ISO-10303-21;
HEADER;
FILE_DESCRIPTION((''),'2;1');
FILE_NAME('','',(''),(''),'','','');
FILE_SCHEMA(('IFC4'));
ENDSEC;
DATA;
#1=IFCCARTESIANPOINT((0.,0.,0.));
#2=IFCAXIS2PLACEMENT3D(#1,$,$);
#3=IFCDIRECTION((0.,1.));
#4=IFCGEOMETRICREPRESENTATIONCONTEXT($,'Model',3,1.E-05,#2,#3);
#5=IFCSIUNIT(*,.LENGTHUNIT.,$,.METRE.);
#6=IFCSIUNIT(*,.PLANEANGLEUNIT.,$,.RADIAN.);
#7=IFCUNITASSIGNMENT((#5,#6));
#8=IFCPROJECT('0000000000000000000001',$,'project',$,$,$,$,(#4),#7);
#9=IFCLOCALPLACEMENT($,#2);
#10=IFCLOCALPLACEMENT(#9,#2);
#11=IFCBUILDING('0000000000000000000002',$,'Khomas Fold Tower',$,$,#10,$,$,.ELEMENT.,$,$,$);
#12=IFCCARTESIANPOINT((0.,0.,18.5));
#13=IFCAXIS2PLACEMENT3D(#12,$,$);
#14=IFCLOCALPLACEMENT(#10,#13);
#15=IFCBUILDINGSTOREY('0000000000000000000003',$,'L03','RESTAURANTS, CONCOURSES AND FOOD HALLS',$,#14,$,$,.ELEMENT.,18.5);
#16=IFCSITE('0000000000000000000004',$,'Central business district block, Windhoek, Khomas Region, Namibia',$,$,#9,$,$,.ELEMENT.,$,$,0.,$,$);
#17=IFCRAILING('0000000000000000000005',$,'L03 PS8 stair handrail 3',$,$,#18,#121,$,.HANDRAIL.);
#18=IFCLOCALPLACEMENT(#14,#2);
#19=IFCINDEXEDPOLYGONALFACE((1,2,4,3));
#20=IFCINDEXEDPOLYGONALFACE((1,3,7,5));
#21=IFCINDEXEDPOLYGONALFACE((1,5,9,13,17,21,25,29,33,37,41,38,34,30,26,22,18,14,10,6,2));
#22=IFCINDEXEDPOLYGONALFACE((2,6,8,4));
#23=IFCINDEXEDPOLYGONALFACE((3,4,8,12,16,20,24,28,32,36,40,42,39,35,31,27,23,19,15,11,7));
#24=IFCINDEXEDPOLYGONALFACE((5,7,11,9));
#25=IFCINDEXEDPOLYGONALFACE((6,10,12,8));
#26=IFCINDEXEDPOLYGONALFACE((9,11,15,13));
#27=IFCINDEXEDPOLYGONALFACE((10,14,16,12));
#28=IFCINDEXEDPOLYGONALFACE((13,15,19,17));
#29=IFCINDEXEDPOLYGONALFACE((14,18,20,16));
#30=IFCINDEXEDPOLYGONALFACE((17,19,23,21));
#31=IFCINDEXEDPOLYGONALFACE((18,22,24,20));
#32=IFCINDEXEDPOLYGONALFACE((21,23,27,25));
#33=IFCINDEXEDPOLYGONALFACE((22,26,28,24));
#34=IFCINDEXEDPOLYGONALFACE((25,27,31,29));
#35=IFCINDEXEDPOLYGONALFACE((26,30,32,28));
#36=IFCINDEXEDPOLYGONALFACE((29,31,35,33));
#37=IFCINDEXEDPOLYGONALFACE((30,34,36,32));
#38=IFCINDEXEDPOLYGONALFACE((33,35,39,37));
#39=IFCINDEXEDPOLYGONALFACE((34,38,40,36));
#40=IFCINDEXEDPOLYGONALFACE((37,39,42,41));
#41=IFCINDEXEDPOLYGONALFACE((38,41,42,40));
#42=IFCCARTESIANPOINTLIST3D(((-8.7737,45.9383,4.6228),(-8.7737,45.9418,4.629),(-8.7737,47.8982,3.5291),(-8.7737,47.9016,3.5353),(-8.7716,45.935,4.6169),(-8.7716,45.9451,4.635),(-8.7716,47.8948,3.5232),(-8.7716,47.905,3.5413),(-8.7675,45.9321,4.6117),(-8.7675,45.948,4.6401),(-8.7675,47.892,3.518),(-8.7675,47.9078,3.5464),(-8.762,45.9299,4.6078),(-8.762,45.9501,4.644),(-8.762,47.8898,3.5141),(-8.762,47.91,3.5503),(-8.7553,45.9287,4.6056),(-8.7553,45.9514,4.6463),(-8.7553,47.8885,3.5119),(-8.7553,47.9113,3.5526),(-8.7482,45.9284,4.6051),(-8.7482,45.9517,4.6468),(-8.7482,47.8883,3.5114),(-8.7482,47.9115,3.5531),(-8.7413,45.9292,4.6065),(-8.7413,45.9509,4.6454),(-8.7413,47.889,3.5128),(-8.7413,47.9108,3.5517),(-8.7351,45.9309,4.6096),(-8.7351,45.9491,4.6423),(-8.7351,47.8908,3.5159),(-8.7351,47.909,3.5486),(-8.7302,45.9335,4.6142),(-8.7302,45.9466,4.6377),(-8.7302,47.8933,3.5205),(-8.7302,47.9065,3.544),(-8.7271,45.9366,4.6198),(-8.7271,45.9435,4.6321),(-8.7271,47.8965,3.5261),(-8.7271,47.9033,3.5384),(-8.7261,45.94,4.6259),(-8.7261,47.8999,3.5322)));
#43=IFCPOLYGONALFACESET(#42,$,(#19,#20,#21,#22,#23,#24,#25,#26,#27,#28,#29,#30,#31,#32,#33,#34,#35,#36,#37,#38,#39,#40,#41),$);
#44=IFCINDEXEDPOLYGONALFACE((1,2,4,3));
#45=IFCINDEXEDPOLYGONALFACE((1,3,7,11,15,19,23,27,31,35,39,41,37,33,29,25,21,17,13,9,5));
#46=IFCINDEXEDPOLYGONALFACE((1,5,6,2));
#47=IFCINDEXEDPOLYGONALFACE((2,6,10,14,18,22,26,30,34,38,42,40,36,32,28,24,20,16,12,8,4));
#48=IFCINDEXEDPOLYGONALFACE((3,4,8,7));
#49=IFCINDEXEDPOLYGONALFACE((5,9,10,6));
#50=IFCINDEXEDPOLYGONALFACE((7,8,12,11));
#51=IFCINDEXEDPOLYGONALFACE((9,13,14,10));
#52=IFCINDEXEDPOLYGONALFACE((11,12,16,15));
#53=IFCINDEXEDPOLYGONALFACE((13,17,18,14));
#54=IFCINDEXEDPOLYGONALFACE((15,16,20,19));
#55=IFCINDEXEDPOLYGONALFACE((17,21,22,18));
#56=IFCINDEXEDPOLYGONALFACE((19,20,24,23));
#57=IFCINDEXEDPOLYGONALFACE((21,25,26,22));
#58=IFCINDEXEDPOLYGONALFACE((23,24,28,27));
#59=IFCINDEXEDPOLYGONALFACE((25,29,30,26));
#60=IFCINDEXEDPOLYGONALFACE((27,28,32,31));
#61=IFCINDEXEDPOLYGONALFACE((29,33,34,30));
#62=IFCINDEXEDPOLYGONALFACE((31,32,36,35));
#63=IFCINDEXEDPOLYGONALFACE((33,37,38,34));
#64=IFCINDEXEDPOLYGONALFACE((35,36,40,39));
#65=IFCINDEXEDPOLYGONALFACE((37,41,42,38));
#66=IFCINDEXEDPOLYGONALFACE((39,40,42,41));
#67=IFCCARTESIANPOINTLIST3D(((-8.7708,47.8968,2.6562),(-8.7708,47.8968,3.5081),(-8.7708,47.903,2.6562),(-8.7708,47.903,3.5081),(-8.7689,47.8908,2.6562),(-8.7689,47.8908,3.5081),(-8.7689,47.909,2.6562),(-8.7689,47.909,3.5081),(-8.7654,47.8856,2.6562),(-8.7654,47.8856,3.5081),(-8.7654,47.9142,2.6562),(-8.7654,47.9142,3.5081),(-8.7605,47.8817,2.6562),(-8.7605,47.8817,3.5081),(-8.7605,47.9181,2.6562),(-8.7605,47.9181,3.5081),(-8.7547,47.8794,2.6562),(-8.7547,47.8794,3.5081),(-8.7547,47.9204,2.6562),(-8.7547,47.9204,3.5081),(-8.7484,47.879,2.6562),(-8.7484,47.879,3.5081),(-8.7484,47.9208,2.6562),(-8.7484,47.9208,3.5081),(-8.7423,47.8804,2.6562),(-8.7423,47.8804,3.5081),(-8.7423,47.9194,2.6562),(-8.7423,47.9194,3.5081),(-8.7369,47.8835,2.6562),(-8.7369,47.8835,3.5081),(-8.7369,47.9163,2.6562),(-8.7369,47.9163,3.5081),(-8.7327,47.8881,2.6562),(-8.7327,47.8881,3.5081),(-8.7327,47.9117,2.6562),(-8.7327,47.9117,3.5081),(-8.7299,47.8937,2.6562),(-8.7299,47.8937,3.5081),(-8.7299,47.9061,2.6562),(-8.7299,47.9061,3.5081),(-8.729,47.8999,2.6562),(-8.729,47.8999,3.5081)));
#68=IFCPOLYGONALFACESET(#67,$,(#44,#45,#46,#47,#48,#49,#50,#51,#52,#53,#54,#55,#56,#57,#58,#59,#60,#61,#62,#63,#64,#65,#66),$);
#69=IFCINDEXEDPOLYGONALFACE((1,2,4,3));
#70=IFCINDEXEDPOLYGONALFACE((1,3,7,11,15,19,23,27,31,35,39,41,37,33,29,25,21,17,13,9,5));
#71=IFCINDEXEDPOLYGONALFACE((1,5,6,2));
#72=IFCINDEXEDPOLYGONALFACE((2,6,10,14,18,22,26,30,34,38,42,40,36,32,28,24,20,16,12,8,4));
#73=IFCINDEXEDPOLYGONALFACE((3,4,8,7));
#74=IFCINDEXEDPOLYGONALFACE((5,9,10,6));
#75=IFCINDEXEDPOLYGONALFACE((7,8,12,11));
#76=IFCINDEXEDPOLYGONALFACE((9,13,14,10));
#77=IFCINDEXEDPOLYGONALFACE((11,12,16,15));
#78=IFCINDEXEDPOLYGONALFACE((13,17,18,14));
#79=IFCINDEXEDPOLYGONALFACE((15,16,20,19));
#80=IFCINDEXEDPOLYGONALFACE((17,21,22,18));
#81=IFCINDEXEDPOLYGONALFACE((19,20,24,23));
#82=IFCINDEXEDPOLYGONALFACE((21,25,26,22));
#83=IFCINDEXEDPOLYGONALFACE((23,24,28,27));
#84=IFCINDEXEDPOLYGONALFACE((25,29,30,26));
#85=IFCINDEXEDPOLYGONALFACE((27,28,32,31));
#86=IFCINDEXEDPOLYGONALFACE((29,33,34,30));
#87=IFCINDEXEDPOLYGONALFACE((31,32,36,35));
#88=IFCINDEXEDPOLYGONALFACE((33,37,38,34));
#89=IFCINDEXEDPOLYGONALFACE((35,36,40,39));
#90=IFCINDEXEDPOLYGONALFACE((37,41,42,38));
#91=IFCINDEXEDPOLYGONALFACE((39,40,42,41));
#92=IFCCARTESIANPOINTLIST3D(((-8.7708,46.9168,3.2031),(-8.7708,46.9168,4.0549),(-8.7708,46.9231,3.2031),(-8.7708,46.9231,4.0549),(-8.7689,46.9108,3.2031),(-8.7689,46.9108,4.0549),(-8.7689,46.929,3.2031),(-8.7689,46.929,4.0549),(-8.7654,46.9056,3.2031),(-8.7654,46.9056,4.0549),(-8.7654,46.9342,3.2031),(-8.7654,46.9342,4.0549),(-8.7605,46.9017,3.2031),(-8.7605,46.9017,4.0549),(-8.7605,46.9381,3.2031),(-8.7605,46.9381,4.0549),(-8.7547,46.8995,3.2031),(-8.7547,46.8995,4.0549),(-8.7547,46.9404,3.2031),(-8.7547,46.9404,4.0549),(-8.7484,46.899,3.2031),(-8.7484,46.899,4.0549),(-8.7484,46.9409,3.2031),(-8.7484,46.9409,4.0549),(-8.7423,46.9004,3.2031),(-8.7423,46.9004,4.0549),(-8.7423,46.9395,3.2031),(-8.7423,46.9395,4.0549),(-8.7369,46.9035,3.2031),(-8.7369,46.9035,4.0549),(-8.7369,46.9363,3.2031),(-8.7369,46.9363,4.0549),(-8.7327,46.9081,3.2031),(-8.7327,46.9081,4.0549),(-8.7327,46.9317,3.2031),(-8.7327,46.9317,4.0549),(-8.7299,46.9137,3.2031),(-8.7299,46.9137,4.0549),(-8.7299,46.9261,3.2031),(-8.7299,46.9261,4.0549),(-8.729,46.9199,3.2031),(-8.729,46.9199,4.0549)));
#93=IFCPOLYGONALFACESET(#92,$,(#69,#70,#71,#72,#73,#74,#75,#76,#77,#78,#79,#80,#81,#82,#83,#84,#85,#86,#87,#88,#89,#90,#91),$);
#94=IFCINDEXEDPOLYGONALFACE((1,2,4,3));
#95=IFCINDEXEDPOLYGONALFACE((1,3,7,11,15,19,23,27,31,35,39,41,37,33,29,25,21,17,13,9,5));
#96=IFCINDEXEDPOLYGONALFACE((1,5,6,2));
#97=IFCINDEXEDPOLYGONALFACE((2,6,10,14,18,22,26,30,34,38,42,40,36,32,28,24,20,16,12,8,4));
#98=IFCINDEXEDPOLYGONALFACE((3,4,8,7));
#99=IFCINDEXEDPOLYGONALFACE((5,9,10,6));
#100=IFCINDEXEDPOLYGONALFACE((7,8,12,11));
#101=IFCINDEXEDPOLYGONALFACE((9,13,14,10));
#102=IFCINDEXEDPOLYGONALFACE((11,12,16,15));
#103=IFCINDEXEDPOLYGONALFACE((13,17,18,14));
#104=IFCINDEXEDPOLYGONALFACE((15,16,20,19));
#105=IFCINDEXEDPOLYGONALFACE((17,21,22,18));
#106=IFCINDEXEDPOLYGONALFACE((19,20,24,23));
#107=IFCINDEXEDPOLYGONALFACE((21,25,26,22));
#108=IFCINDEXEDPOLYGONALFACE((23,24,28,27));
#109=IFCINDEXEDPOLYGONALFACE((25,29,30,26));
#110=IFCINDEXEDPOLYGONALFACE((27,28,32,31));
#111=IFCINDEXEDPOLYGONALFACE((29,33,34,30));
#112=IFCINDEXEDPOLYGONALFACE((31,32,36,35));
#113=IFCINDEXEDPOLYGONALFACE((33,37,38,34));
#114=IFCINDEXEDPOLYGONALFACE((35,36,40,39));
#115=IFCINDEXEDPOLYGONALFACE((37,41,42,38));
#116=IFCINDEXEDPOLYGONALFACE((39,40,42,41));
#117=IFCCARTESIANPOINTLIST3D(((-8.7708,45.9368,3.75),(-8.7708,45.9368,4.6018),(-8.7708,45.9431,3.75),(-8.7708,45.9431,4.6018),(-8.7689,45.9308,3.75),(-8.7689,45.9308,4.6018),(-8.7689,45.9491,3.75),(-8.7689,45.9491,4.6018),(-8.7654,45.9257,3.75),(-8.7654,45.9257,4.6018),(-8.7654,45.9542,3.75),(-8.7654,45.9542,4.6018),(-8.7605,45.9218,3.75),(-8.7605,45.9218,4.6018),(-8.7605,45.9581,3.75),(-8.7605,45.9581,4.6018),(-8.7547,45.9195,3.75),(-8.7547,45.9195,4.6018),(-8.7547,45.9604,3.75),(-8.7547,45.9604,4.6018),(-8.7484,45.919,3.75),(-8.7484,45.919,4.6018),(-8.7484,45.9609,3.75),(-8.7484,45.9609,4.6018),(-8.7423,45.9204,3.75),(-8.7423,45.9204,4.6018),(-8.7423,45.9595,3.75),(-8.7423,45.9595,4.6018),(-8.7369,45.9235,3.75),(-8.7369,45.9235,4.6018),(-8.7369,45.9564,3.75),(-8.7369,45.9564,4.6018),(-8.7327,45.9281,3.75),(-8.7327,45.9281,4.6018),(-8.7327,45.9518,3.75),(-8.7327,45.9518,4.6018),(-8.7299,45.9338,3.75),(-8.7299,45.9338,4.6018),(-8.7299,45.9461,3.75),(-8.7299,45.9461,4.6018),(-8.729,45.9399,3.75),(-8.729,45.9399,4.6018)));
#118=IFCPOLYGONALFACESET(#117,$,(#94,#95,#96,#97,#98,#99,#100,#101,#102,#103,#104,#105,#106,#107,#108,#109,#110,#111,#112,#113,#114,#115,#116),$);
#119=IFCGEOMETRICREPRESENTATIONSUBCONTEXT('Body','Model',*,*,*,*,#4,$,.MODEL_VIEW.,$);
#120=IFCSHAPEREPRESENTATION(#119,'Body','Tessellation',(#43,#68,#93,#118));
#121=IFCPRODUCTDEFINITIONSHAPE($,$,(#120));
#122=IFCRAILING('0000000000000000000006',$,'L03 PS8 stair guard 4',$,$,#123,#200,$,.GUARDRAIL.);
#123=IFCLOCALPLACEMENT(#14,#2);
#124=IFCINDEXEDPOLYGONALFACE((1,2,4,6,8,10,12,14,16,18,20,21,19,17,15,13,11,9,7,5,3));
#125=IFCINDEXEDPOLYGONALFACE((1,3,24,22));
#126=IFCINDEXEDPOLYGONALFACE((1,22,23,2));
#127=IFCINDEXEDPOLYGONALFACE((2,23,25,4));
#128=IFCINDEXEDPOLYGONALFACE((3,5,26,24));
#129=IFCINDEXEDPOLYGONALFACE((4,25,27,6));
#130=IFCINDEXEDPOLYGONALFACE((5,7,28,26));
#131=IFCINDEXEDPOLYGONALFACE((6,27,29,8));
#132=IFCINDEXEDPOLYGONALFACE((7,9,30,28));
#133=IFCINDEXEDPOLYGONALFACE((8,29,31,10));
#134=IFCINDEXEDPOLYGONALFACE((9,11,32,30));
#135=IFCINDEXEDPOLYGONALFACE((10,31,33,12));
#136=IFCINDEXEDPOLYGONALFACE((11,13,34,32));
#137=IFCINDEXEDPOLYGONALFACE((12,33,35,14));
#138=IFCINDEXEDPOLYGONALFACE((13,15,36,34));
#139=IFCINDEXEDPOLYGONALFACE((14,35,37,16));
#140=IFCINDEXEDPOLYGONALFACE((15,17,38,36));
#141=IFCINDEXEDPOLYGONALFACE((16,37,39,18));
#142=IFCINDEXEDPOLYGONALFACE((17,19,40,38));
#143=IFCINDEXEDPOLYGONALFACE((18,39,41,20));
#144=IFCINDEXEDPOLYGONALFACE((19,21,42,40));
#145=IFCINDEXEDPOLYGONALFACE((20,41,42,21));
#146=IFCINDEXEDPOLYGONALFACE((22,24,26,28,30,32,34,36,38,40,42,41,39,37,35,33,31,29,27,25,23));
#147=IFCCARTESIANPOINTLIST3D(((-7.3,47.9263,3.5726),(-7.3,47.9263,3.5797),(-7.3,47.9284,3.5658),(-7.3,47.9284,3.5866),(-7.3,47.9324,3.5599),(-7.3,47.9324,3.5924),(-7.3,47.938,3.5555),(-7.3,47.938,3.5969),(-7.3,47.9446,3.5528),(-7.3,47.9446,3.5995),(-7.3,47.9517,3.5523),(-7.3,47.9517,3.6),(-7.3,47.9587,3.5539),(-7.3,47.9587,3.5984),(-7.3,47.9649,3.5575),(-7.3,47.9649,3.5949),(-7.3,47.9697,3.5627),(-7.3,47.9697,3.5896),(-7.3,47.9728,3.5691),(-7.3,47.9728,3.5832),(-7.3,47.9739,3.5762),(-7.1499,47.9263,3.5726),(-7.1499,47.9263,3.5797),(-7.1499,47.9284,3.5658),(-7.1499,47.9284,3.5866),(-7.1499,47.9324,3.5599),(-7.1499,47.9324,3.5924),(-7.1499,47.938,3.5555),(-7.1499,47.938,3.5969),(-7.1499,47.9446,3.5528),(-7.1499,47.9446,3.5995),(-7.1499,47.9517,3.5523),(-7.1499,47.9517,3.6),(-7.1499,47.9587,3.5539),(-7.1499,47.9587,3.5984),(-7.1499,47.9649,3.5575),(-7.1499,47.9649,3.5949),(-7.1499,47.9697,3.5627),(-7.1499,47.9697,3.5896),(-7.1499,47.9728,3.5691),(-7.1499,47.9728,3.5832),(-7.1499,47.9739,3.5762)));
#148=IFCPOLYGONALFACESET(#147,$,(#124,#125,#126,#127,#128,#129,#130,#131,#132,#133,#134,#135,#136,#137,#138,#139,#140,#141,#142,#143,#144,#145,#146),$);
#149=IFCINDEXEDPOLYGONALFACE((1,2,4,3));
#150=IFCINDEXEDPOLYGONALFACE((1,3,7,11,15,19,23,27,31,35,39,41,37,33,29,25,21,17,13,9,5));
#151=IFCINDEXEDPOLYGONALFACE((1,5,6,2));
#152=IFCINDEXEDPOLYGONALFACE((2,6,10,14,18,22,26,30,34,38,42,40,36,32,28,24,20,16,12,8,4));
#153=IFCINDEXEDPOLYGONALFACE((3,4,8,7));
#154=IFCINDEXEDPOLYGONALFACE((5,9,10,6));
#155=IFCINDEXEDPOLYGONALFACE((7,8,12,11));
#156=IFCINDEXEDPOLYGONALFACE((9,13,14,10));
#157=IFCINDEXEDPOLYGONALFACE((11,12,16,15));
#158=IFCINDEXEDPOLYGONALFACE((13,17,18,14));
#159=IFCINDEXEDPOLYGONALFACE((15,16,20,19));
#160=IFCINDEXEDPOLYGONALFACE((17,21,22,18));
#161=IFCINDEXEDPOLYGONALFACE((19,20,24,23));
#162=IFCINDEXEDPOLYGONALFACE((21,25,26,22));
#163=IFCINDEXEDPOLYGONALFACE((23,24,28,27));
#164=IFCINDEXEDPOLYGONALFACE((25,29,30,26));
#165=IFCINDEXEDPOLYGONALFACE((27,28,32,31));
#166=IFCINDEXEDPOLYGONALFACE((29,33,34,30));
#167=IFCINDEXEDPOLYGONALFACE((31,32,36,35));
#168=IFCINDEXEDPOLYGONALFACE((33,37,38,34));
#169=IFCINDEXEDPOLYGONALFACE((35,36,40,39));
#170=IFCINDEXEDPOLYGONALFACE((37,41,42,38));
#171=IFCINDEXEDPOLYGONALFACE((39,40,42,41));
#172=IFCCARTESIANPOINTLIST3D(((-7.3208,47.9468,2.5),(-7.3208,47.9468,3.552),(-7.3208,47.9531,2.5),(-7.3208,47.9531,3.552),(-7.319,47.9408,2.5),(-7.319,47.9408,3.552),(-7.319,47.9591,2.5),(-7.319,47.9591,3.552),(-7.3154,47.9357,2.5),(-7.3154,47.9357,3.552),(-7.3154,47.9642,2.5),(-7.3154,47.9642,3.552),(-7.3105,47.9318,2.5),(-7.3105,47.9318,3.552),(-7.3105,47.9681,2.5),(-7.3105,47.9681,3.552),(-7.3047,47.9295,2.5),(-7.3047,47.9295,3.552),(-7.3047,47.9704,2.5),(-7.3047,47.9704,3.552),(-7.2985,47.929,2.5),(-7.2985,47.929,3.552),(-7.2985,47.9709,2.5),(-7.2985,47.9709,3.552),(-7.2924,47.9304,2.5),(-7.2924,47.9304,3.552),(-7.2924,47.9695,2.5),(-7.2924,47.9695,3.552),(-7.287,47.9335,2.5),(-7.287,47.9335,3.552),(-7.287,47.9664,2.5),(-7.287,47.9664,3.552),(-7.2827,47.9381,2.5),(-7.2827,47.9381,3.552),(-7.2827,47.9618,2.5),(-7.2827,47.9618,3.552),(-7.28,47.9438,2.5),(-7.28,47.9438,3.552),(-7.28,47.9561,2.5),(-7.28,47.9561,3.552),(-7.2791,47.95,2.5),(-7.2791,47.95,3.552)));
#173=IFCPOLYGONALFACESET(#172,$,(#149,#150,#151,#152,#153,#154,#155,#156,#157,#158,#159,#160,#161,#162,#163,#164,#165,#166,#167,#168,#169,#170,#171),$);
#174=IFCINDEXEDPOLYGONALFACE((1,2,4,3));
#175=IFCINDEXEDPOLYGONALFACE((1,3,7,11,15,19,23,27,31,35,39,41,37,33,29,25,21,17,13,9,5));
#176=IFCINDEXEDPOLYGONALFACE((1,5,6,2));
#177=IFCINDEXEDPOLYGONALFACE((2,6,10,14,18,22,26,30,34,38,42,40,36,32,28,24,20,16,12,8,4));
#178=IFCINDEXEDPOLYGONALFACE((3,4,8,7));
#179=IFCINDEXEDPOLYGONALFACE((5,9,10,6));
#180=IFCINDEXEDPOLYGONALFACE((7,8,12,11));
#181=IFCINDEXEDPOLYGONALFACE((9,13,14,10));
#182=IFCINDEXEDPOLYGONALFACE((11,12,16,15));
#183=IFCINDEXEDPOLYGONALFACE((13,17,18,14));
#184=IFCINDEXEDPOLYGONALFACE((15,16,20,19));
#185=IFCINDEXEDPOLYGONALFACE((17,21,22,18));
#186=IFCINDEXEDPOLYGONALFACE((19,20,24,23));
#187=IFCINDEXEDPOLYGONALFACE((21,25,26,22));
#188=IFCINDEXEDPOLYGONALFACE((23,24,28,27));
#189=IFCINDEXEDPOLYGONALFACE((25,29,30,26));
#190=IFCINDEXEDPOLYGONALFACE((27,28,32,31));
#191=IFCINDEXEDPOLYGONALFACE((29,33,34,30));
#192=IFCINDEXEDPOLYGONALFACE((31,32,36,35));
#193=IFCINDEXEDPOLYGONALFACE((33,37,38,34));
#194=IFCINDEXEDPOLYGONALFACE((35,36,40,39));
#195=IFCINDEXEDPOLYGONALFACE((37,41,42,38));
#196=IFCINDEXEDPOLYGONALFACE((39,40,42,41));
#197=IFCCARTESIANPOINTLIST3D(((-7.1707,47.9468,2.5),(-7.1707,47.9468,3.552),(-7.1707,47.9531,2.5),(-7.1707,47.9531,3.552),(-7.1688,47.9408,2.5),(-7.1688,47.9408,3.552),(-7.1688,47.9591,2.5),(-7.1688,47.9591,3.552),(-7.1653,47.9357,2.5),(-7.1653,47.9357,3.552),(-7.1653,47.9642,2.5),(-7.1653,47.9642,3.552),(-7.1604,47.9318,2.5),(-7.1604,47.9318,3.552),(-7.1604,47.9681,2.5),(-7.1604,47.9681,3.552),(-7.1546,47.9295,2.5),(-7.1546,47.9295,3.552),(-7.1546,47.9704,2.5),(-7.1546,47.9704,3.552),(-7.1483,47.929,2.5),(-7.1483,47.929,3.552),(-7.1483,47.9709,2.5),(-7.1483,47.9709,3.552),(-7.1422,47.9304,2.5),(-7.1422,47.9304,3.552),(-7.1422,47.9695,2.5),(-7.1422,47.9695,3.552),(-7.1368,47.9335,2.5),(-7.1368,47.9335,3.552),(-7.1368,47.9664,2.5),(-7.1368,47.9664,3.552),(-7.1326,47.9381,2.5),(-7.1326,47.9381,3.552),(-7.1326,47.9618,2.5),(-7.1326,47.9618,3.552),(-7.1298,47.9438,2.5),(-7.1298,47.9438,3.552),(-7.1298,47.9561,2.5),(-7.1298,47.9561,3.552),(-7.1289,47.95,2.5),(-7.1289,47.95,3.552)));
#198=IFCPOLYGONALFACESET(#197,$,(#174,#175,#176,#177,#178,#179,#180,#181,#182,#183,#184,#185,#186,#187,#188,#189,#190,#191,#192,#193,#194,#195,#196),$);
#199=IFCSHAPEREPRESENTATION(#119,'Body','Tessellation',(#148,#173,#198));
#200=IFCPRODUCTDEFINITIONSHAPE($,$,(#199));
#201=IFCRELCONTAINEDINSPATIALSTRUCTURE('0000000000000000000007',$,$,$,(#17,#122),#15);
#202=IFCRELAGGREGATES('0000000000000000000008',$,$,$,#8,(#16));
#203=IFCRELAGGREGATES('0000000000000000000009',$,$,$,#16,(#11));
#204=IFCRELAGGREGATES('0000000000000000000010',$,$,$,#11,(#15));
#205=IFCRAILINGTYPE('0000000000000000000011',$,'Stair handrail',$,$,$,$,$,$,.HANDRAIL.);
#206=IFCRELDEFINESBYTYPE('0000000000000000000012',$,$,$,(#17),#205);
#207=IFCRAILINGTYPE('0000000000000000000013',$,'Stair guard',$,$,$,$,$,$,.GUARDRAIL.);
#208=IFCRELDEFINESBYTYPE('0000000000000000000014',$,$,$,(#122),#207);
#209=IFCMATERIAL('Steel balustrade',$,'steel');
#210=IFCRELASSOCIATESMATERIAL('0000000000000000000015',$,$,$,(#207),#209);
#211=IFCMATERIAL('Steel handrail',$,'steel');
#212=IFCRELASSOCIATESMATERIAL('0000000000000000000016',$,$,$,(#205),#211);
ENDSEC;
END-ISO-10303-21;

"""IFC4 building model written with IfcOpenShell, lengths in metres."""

from ifc_helpers import new_model, si_unit, direction, frame, origin, origin_2d, place, context, subcontext, project, spatial, circle, extrude, source, transform, mapped, material, type_object, element, save


model = new_model("IFC4")

# Units and contexts
model_context = context("Model", 3, precision=1e-05, world=origin(), true_north=direction((0.0, 1.0)))
body_context = subcontext(model_context, "Body", "Model", "MODEL_VIEW")
ifc_project = project(units=[si_unit("LENGTHUNIT", "METRE"), si_unit("PLANEANGLEUNIT", "RADIAN")], contexts=[model_context])

# Site, building, storey
site_placement = place(None, origin())
site = spatial("IfcSite", under=ifc_project, at=site_placement, Name="Central business district block, Windhoek, Khomas Region, Namibia", CompositionType="ELEMENT", RefElevation=0.0)
building_placement = place(site_placement, origin())
building = spatial("IfcBuilding", under=site, at=building_placement, Name="Khomas Fold Tower", CompositionType="ELEMENT")
storey_placement = place(building_placement, frame((0.0, 0.0, 18.5)))
storey = spatial("IfcBuildingStorey", under=building, at=storey_placement, Name="L03", Description="RESTAURANTS, CONCOURSES AND FOOD HALLS", CompositionType="ELEMENT", Elevation=18.5)

# Railings
ifc_material_1 = material(Name="Steel balustrade", Category="steel")
railing_type_1 = type_object("IfcRailingType", Name="Stair guard", PredefinedType="GUARDRAIL", material=ifc_material_1)
ifc_material_2 = material(Name="Steel handrail", Category="steel")
railing_type_2 = type_object("IfcRailingType", Name="Stair handrail", PredefinedType="HANDRAIL", material=ifc_material_2)
shared_shape_1 = source(origin(), body_context, "Body", "SweptSolid", [
    extrude(circle(Radius=0.0239, at=origin_2d()), frame((0.0, 0.0, 0.876), z_axis=(0.0, -0.873232, 0.487304), x_axis=(1.0, 0.0, 0.0)), (0.0, 0.0, 1.0), 2.2444),
    extrude(circle(Radius=0.021, at=origin_2d()), origin(), (0.0, 0.0, 1.0), 0.8518),
    extrude(circle(Radius=0.021, at=origin_2d()), frame((0.0, -0.98, 0.5469)), (0.0, 0.0, 1.0), 0.8518),
    extrude(circle(Radius=0.021, at=origin_2d()), frame((0.0, -1.96, 1.0938)), (0.0, 0.0, 1.0), 0.8518),
])
for number, where, name in (
    (1, (-8.75, 47.8999, 2.6562), "L03 PS8 stair handrail 3"),
):
    element("IfcRailing", number, at=place(storey_placement, frame(where)), inside=storey, type_object=railing_type_2, Name=name, PredefinedType="HANDRAIL", context=body_context, shape_type="MappedRepresentation", body=[
        mapped(shared_shape_1, transform((0.0, 0.0, 0.0))),
    ])
shared_shape_2 = source(origin(), body_context, "Body", "SweptSolid", [
    extrude(circle(Radius=0.0239, at=origin_2d()), frame((0.0, 0.0, 1.0762), z_axis=(1.0, 0.0, 0.0), x_axis=(0.0, 1.0, 0.0)), (0.0, 0.0, 1.0), 0.1501),
    extrude(circle(Radius=0.021, at=origin_2d()), origin(), (0.0, 0.0, 1.0), 1.052),
    extrude(circle(Radius=0.021, at=origin_2d()), frame((0.1501, 0.0, 0.0)), (0.0, 0.0, 1.0), 1.052),
])
for number, where, name in (
    (2, (-7.3, 47.95, 2.5), "L03 PS8 stair guard 4"),
):
    element("IfcRailing", number, at=place(storey_placement, frame(where)), inside=storey, type_object=railing_type_1, Name=name, PredefinedType="GUARDRAIL", context=body_context, shape_type="MappedRepresentation", body=[
        mapped(shared_shape_2, transform((0.0, 0.0, 0.0))),
    ])

save(model, "model.ifc")
